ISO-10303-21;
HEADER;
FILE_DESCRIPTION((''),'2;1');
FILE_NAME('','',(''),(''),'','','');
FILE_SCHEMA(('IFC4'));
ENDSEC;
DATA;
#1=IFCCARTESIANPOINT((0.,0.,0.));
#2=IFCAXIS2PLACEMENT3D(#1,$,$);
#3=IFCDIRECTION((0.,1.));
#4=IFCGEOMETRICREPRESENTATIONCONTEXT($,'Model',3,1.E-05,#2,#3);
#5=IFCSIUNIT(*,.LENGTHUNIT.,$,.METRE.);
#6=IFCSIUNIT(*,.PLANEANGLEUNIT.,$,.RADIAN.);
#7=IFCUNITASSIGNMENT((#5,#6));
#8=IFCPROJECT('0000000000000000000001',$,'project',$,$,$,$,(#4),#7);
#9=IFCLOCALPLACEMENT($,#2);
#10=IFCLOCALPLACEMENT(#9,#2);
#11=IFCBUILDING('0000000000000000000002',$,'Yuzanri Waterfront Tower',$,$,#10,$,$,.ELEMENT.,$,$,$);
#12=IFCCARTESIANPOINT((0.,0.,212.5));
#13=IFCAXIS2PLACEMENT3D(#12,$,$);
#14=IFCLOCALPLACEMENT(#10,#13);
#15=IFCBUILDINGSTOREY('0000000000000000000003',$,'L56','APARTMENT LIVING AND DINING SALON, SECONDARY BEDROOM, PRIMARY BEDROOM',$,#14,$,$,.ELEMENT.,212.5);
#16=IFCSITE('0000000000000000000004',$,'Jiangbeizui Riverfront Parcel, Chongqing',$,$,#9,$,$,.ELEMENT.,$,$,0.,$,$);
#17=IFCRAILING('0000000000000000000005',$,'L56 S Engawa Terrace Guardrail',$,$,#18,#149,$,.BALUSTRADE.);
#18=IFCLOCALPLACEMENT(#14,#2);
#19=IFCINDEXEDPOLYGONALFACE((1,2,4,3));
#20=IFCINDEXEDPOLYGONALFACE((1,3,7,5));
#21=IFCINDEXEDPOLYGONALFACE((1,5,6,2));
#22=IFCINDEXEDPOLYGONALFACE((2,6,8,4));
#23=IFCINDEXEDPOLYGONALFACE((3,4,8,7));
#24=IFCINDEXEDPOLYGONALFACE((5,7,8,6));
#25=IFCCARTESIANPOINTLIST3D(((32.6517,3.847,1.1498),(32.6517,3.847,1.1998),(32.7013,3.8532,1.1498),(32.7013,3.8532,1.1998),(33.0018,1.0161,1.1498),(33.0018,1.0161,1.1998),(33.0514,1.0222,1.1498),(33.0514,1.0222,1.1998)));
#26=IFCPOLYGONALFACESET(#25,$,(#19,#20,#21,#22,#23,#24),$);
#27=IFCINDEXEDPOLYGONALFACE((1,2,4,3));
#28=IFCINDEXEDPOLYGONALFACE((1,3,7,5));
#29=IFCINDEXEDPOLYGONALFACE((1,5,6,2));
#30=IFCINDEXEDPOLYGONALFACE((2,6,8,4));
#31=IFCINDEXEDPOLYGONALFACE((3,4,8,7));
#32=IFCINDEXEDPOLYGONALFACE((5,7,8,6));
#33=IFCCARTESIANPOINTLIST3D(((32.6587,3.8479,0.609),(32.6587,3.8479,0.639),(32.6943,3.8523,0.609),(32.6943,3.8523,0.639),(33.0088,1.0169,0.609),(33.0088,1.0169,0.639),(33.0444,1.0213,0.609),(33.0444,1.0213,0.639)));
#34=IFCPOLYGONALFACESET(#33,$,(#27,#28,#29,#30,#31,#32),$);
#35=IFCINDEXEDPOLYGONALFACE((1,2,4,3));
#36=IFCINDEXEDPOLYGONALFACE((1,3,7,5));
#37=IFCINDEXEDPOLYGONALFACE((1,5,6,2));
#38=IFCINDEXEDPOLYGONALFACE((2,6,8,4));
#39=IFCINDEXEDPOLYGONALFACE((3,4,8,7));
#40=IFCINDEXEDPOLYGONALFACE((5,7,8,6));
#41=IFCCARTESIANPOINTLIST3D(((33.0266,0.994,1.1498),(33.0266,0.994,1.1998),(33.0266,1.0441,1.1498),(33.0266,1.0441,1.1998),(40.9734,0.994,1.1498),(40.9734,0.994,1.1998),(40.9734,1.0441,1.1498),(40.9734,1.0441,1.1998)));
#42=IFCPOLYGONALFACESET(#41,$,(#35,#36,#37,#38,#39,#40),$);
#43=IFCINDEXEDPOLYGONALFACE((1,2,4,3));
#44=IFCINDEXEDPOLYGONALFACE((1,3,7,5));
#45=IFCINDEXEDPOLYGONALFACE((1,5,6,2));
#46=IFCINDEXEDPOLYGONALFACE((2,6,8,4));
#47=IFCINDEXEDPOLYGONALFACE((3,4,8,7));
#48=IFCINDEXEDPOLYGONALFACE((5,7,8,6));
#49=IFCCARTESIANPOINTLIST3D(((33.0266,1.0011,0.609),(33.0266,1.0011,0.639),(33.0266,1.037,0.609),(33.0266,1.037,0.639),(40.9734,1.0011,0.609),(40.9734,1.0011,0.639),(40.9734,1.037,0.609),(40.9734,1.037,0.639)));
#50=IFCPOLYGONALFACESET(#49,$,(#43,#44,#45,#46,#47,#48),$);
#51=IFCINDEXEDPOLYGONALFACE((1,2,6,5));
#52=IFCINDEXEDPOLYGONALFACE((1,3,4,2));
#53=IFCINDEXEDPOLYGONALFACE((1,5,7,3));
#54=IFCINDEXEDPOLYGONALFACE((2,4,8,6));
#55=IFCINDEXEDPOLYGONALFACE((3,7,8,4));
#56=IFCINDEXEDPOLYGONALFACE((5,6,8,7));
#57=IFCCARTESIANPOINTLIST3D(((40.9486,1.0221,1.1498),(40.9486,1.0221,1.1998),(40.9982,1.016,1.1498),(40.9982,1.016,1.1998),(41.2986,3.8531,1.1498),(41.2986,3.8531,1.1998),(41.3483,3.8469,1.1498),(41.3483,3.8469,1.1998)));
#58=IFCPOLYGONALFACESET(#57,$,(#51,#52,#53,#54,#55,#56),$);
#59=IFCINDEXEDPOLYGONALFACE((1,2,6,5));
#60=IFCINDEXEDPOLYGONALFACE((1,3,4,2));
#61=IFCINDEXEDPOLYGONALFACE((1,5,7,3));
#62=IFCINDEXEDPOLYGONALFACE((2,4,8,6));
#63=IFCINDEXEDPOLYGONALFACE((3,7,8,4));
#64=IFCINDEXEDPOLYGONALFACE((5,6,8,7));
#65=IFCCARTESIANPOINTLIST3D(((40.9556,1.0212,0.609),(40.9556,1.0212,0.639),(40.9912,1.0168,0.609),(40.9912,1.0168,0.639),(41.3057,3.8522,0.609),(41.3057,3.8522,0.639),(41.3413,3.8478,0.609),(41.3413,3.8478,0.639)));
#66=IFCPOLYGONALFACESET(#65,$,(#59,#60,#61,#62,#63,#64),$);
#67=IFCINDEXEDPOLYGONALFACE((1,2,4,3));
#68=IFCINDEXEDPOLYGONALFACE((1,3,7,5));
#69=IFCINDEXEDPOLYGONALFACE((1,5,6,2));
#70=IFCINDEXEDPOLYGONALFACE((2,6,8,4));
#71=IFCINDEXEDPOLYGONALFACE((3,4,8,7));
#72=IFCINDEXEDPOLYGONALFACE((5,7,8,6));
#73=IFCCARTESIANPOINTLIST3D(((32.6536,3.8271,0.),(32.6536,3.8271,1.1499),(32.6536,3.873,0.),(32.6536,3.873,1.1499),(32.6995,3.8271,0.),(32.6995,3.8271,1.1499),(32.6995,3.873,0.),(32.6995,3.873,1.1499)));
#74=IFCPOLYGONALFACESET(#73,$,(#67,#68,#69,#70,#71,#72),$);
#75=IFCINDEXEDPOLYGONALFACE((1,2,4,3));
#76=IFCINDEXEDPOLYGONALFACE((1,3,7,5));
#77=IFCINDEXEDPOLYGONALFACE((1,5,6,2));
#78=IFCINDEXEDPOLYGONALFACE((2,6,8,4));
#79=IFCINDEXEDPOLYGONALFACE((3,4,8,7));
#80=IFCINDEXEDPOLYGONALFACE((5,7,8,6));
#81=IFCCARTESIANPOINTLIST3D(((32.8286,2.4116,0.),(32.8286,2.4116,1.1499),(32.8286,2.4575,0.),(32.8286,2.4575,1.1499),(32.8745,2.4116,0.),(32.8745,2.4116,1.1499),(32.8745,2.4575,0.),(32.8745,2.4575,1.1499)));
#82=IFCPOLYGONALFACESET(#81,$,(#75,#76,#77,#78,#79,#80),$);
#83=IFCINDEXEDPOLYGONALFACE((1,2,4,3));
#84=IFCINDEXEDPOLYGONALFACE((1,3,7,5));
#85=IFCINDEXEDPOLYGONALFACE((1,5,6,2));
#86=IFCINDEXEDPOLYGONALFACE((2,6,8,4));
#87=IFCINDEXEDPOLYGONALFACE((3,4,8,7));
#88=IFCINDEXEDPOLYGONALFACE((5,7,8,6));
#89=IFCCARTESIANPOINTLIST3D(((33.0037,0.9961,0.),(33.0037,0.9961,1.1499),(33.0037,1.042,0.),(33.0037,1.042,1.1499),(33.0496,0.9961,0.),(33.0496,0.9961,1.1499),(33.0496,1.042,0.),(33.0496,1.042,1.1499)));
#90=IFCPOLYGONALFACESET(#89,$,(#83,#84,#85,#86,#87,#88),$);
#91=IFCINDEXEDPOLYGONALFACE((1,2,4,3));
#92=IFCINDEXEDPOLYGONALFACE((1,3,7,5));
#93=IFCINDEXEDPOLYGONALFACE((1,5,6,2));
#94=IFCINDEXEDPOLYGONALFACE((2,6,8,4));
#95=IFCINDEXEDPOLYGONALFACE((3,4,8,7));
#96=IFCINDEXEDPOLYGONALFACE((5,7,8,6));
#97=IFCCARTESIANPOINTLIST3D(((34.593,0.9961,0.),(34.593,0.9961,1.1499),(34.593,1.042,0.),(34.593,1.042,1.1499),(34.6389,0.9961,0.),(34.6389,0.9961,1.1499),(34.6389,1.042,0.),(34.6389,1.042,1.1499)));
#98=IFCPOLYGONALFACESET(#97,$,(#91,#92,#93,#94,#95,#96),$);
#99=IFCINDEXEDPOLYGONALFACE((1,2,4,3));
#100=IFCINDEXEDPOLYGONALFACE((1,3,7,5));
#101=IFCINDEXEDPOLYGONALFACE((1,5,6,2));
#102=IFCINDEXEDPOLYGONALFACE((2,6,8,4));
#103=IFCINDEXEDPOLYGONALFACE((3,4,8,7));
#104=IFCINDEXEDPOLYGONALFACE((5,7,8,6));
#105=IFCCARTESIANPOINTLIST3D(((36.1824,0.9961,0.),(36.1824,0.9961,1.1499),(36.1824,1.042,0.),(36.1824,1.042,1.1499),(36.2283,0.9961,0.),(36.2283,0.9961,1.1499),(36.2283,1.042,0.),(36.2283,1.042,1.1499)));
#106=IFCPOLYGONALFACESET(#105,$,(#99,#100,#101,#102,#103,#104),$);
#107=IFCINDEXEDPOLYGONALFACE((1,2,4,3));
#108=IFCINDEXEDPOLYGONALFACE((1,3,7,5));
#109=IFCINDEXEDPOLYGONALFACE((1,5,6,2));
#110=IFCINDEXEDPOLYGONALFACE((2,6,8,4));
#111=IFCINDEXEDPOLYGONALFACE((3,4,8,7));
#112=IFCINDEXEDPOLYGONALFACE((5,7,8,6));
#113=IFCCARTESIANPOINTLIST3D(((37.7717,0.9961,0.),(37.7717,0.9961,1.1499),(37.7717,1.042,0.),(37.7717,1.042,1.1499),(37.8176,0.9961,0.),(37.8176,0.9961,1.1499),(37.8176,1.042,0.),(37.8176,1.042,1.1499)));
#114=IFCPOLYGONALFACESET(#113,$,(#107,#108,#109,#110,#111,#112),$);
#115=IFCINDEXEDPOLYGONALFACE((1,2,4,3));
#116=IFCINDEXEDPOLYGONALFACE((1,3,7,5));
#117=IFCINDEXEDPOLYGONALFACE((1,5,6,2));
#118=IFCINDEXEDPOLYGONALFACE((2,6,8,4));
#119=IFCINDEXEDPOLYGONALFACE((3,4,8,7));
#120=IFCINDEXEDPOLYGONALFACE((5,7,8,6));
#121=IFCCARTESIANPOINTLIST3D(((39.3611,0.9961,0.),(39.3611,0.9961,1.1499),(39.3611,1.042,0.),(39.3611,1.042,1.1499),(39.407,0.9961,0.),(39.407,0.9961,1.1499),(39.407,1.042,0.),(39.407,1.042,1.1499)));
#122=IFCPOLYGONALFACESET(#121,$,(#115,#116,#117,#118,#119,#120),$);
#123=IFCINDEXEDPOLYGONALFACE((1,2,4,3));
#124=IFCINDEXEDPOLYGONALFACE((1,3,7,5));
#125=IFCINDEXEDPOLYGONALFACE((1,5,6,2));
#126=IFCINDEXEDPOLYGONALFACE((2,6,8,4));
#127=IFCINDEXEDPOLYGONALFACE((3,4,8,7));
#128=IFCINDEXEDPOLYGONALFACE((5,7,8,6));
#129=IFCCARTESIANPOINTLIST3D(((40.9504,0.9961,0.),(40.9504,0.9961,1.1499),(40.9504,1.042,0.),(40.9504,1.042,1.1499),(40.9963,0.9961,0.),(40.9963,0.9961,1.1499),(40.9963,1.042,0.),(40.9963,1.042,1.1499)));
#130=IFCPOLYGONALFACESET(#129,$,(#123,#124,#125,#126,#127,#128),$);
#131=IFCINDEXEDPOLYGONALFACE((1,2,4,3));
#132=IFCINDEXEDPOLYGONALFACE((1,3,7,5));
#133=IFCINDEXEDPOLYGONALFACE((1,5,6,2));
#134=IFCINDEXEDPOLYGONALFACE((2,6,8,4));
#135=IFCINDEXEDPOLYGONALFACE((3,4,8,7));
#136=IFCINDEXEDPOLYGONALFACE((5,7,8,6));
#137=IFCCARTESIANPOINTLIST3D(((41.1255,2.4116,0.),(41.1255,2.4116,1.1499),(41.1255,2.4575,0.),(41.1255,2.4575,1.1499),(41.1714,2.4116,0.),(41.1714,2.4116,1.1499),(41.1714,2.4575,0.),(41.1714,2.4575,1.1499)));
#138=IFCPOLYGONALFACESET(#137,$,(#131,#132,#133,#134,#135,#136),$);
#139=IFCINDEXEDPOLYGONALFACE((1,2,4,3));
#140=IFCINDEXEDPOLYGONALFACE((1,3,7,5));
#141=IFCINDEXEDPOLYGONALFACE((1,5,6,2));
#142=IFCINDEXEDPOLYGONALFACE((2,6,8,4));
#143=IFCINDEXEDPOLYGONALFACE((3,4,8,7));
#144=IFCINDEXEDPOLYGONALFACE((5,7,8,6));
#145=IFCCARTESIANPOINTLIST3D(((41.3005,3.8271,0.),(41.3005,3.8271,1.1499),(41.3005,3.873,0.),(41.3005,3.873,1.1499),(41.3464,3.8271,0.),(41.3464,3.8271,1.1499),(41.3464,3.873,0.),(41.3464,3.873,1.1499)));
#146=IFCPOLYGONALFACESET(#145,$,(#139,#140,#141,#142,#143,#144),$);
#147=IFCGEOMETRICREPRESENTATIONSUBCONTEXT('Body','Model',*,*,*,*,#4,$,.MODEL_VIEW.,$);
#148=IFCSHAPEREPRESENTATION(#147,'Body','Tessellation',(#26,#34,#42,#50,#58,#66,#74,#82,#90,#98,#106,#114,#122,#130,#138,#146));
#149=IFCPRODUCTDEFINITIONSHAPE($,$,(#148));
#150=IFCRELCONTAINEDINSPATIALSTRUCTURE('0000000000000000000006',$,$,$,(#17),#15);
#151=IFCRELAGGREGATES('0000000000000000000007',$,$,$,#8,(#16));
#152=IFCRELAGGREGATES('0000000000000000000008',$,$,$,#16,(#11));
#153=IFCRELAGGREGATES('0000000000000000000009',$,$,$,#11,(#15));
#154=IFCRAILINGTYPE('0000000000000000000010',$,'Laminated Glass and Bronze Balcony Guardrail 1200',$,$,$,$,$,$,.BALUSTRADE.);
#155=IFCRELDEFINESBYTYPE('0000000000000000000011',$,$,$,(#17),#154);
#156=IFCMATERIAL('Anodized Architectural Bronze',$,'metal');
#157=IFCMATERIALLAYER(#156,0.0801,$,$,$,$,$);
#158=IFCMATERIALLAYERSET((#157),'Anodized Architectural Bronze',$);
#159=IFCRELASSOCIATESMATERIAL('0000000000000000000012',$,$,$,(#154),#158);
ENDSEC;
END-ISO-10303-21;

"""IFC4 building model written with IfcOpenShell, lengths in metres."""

from ifc_helpers import new_model, si_unit, direction, frame, origin, origin_2d, place, context, subcontext, project, spatial, rectangle, extrude, source, transform, mapped, material, layer, layer_set, type_object, element, save


model = new_model("IFC4")

# Units and contexts
model_context = context("Model", 3, precision=1e-05, world=origin(), true_north=direction((0.0, 1.0)))
body_context = subcontext(model_context, "Body", "Model", "MODEL_VIEW")
ifc_project = project(units=[si_unit("LENGTHUNIT", "METRE"), si_unit("PLANEANGLEUNIT", "RADIAN")], contexts=[model_context])

# Site, building, storey
site_placement = place(None, origin())
site = spatial("IfcSite", under=ifc_project, at=site_placement, Name="Jiangbeizui Riverfront Parcel, Chongqing", CompositionType="ELEMENT", RefElevation=0.0)
building_placement = place(site_placement, origin())
building = spatial("IfcBuilding", under=site, at=building_placement, Name="Yuzanri Waterfront Tower", CompositionType="ELEMENT")
storey_placement = place(building_placement, frame((0.0, 0.0, 212.5)))
storey = spatial("IfcBuildingStorey", under=building, at=storey_placement, Name="L56", Description="APARTMENT LIVING AND DINING SALON, SECONDARY BEDROOM, PRIMARY BEDROOM", CompositionType="ELEMENT", Elevation=212.5)

# Railing
ifc_material_1 = material(Name="Anodized Architectural Bronze", Category="metal")
ifc_layer_1 = layer(ifc_material_1, 0.0801)
ifc_layer_set_1 = layer_set([ifc_layer_1], Name="Anodized Architectural Bronze")
railing_type = type_object("IfcRailingType", Name="Laminated Glass and Bronze Balcony Guardrail 1200", PredefinedType="BALUSTRADE", material=ifc_layer_set_1)
shared_shape_1 = source(origin(), body_context, "Body", "SweptSolid", [
    extrude(rectangle(XDim=0.05, YDim=0.05, at=origin_2d()), frame((0.0, 0.0, 1.1748), z_axis=(0.122728, -0.99244, 0.0), x_axis=(0.99244, 0.122728, 0.0)), (0.0, 0.0, 1.0), 2.8525),
    extrude(rectangle(XDim=0.0359, YDim=0.03, at=origin_2d()), frame((0.0, 0.0, 0.624), z_axis=(0.122728, -0.99244, 0.0), x_axis=(0.99244, 0.122728, 0.0)), (0.0, 0.0, 1.0), 2.8525),
    extrude(rectangle(XDim=0.05, YDim=0.05, at=origin_2d()), frame((0.3501, -2.8311, 1.1748), z_axis=(1.0, 0.0, 0.0), x_axis=(0.0, 1.0, 0.0)), (0.0, 0.0, 1.0), 7.9468),
    extrude(rectangle(XDim=0.0359, YDim=0.03, at=origin_2d()), frame((0.3501, -2.8311, 0.624), z_axis=(1.0, 0.0, 0.0), x_axis=(0.0, 1.0, 0.0)), (0.0, 0.0, 1.0), 7.9468),
    extrude(rectangle(XDim=0.05, YDim=0.05, at=origin_2d()), frame((8.2969, -2.8311, 1.1748), z_axis=(0.122728, 0.99244, 0.0), x_axis=(-0.99244, 0.122728, 0.0)), (0.0, 0.0, 1.0), 2.8525),
    extrude(rectangle(XDim=0.0359, YDim=0.03, at=origin_2d()), frame((8.2969, -2.8311, 0.624), z_axis=(0.122728, 0.99244, 0.0), x_axis=(-0.99244, 0.122728, 0.0)), (0.0, 0.0, 1.0), 2.8525),
    extrude(rectangle(XDim=0.0459, YDim=0.0459, at=origin_2d()), origin(), (0.0, 0.0, 1.0), 1.1499),
    extrude(rectangle(XDim=0.0459, YDim=0.0459, at=origin_2d()), frame((0.175, -1.4155, 0.0)), (0.0, 0.0, 1.0), 1.1499),
    extrude(rectangle(XDim=0.0459, YDim=0.0459, at=origin_2d()), frame((0.3501, -2.8311, 0.0)), (0.0, 0.0, 1.0), 1.1499),
    extrude(rectangle(XDim=0.0459, YDim=0.0459, at=origin_2d()), frame((1.9395, -2.8311, 0.0)), (0.0, 0.0, 1.0), 1.1499),
    extrude(rectangle(XDim=0.0459, YDim=0.0459, at=origin_2d()), frame((3.5288, -2.8311, 0.0)), (0.0, 0.0, 1.0), 1.1499),
    extrude(rectangle(XDim=0.0459, YDim=0.0459, at=origin_2d()), frame((5.1182, -2.8311, 0.0)), (0.0, 0.0, 1.0), 1.1499),
    extrude(rectangle(XDim=0.0459, YDim=0.0459, at=origin_2d()), frame((6.7075, -2.8311, 0.0)), (0.0, 0.0, 1.0), 1.1499),
    extrude(rectangle(XDim=0.0459, YDim=0.0459, at=origin_2d()), frame((8.2969, -2.8311, 0.0)), (0.0, 0.0, 1.0), 1.1499),
    extrude(rectangle(XDim=0.0459, YDim=0.0459, at=origin_2d()), frame((8.4719, -1.4155, 0.0)), (0.0, 0.0, 1.0), 1.1499),
    extrude(rectangle(XDim=0.0459, YDim=0.0459, at=origin_2d()), frame((8.647, 0.0, 0.0)), (0.0, 0.0, 1.0), 1.1499),
])
railing_placement = place(storey_placement, frame((32.6765, 3.8501, 0.0)))
element("IfcRailing", 1, at=railing_placement, inside=storey, type_object=railing_type, Name="L56 S Engawa Terrace Guardrail", PredefinedType="BALUSTRADE", context=body_context, shape_type="MappedRepresentation", body=[
    mapped(shared_shape_1, transform((0.0, 0.0, 0.0), scale=1.0)),
])

save(model, "model.ifc")
